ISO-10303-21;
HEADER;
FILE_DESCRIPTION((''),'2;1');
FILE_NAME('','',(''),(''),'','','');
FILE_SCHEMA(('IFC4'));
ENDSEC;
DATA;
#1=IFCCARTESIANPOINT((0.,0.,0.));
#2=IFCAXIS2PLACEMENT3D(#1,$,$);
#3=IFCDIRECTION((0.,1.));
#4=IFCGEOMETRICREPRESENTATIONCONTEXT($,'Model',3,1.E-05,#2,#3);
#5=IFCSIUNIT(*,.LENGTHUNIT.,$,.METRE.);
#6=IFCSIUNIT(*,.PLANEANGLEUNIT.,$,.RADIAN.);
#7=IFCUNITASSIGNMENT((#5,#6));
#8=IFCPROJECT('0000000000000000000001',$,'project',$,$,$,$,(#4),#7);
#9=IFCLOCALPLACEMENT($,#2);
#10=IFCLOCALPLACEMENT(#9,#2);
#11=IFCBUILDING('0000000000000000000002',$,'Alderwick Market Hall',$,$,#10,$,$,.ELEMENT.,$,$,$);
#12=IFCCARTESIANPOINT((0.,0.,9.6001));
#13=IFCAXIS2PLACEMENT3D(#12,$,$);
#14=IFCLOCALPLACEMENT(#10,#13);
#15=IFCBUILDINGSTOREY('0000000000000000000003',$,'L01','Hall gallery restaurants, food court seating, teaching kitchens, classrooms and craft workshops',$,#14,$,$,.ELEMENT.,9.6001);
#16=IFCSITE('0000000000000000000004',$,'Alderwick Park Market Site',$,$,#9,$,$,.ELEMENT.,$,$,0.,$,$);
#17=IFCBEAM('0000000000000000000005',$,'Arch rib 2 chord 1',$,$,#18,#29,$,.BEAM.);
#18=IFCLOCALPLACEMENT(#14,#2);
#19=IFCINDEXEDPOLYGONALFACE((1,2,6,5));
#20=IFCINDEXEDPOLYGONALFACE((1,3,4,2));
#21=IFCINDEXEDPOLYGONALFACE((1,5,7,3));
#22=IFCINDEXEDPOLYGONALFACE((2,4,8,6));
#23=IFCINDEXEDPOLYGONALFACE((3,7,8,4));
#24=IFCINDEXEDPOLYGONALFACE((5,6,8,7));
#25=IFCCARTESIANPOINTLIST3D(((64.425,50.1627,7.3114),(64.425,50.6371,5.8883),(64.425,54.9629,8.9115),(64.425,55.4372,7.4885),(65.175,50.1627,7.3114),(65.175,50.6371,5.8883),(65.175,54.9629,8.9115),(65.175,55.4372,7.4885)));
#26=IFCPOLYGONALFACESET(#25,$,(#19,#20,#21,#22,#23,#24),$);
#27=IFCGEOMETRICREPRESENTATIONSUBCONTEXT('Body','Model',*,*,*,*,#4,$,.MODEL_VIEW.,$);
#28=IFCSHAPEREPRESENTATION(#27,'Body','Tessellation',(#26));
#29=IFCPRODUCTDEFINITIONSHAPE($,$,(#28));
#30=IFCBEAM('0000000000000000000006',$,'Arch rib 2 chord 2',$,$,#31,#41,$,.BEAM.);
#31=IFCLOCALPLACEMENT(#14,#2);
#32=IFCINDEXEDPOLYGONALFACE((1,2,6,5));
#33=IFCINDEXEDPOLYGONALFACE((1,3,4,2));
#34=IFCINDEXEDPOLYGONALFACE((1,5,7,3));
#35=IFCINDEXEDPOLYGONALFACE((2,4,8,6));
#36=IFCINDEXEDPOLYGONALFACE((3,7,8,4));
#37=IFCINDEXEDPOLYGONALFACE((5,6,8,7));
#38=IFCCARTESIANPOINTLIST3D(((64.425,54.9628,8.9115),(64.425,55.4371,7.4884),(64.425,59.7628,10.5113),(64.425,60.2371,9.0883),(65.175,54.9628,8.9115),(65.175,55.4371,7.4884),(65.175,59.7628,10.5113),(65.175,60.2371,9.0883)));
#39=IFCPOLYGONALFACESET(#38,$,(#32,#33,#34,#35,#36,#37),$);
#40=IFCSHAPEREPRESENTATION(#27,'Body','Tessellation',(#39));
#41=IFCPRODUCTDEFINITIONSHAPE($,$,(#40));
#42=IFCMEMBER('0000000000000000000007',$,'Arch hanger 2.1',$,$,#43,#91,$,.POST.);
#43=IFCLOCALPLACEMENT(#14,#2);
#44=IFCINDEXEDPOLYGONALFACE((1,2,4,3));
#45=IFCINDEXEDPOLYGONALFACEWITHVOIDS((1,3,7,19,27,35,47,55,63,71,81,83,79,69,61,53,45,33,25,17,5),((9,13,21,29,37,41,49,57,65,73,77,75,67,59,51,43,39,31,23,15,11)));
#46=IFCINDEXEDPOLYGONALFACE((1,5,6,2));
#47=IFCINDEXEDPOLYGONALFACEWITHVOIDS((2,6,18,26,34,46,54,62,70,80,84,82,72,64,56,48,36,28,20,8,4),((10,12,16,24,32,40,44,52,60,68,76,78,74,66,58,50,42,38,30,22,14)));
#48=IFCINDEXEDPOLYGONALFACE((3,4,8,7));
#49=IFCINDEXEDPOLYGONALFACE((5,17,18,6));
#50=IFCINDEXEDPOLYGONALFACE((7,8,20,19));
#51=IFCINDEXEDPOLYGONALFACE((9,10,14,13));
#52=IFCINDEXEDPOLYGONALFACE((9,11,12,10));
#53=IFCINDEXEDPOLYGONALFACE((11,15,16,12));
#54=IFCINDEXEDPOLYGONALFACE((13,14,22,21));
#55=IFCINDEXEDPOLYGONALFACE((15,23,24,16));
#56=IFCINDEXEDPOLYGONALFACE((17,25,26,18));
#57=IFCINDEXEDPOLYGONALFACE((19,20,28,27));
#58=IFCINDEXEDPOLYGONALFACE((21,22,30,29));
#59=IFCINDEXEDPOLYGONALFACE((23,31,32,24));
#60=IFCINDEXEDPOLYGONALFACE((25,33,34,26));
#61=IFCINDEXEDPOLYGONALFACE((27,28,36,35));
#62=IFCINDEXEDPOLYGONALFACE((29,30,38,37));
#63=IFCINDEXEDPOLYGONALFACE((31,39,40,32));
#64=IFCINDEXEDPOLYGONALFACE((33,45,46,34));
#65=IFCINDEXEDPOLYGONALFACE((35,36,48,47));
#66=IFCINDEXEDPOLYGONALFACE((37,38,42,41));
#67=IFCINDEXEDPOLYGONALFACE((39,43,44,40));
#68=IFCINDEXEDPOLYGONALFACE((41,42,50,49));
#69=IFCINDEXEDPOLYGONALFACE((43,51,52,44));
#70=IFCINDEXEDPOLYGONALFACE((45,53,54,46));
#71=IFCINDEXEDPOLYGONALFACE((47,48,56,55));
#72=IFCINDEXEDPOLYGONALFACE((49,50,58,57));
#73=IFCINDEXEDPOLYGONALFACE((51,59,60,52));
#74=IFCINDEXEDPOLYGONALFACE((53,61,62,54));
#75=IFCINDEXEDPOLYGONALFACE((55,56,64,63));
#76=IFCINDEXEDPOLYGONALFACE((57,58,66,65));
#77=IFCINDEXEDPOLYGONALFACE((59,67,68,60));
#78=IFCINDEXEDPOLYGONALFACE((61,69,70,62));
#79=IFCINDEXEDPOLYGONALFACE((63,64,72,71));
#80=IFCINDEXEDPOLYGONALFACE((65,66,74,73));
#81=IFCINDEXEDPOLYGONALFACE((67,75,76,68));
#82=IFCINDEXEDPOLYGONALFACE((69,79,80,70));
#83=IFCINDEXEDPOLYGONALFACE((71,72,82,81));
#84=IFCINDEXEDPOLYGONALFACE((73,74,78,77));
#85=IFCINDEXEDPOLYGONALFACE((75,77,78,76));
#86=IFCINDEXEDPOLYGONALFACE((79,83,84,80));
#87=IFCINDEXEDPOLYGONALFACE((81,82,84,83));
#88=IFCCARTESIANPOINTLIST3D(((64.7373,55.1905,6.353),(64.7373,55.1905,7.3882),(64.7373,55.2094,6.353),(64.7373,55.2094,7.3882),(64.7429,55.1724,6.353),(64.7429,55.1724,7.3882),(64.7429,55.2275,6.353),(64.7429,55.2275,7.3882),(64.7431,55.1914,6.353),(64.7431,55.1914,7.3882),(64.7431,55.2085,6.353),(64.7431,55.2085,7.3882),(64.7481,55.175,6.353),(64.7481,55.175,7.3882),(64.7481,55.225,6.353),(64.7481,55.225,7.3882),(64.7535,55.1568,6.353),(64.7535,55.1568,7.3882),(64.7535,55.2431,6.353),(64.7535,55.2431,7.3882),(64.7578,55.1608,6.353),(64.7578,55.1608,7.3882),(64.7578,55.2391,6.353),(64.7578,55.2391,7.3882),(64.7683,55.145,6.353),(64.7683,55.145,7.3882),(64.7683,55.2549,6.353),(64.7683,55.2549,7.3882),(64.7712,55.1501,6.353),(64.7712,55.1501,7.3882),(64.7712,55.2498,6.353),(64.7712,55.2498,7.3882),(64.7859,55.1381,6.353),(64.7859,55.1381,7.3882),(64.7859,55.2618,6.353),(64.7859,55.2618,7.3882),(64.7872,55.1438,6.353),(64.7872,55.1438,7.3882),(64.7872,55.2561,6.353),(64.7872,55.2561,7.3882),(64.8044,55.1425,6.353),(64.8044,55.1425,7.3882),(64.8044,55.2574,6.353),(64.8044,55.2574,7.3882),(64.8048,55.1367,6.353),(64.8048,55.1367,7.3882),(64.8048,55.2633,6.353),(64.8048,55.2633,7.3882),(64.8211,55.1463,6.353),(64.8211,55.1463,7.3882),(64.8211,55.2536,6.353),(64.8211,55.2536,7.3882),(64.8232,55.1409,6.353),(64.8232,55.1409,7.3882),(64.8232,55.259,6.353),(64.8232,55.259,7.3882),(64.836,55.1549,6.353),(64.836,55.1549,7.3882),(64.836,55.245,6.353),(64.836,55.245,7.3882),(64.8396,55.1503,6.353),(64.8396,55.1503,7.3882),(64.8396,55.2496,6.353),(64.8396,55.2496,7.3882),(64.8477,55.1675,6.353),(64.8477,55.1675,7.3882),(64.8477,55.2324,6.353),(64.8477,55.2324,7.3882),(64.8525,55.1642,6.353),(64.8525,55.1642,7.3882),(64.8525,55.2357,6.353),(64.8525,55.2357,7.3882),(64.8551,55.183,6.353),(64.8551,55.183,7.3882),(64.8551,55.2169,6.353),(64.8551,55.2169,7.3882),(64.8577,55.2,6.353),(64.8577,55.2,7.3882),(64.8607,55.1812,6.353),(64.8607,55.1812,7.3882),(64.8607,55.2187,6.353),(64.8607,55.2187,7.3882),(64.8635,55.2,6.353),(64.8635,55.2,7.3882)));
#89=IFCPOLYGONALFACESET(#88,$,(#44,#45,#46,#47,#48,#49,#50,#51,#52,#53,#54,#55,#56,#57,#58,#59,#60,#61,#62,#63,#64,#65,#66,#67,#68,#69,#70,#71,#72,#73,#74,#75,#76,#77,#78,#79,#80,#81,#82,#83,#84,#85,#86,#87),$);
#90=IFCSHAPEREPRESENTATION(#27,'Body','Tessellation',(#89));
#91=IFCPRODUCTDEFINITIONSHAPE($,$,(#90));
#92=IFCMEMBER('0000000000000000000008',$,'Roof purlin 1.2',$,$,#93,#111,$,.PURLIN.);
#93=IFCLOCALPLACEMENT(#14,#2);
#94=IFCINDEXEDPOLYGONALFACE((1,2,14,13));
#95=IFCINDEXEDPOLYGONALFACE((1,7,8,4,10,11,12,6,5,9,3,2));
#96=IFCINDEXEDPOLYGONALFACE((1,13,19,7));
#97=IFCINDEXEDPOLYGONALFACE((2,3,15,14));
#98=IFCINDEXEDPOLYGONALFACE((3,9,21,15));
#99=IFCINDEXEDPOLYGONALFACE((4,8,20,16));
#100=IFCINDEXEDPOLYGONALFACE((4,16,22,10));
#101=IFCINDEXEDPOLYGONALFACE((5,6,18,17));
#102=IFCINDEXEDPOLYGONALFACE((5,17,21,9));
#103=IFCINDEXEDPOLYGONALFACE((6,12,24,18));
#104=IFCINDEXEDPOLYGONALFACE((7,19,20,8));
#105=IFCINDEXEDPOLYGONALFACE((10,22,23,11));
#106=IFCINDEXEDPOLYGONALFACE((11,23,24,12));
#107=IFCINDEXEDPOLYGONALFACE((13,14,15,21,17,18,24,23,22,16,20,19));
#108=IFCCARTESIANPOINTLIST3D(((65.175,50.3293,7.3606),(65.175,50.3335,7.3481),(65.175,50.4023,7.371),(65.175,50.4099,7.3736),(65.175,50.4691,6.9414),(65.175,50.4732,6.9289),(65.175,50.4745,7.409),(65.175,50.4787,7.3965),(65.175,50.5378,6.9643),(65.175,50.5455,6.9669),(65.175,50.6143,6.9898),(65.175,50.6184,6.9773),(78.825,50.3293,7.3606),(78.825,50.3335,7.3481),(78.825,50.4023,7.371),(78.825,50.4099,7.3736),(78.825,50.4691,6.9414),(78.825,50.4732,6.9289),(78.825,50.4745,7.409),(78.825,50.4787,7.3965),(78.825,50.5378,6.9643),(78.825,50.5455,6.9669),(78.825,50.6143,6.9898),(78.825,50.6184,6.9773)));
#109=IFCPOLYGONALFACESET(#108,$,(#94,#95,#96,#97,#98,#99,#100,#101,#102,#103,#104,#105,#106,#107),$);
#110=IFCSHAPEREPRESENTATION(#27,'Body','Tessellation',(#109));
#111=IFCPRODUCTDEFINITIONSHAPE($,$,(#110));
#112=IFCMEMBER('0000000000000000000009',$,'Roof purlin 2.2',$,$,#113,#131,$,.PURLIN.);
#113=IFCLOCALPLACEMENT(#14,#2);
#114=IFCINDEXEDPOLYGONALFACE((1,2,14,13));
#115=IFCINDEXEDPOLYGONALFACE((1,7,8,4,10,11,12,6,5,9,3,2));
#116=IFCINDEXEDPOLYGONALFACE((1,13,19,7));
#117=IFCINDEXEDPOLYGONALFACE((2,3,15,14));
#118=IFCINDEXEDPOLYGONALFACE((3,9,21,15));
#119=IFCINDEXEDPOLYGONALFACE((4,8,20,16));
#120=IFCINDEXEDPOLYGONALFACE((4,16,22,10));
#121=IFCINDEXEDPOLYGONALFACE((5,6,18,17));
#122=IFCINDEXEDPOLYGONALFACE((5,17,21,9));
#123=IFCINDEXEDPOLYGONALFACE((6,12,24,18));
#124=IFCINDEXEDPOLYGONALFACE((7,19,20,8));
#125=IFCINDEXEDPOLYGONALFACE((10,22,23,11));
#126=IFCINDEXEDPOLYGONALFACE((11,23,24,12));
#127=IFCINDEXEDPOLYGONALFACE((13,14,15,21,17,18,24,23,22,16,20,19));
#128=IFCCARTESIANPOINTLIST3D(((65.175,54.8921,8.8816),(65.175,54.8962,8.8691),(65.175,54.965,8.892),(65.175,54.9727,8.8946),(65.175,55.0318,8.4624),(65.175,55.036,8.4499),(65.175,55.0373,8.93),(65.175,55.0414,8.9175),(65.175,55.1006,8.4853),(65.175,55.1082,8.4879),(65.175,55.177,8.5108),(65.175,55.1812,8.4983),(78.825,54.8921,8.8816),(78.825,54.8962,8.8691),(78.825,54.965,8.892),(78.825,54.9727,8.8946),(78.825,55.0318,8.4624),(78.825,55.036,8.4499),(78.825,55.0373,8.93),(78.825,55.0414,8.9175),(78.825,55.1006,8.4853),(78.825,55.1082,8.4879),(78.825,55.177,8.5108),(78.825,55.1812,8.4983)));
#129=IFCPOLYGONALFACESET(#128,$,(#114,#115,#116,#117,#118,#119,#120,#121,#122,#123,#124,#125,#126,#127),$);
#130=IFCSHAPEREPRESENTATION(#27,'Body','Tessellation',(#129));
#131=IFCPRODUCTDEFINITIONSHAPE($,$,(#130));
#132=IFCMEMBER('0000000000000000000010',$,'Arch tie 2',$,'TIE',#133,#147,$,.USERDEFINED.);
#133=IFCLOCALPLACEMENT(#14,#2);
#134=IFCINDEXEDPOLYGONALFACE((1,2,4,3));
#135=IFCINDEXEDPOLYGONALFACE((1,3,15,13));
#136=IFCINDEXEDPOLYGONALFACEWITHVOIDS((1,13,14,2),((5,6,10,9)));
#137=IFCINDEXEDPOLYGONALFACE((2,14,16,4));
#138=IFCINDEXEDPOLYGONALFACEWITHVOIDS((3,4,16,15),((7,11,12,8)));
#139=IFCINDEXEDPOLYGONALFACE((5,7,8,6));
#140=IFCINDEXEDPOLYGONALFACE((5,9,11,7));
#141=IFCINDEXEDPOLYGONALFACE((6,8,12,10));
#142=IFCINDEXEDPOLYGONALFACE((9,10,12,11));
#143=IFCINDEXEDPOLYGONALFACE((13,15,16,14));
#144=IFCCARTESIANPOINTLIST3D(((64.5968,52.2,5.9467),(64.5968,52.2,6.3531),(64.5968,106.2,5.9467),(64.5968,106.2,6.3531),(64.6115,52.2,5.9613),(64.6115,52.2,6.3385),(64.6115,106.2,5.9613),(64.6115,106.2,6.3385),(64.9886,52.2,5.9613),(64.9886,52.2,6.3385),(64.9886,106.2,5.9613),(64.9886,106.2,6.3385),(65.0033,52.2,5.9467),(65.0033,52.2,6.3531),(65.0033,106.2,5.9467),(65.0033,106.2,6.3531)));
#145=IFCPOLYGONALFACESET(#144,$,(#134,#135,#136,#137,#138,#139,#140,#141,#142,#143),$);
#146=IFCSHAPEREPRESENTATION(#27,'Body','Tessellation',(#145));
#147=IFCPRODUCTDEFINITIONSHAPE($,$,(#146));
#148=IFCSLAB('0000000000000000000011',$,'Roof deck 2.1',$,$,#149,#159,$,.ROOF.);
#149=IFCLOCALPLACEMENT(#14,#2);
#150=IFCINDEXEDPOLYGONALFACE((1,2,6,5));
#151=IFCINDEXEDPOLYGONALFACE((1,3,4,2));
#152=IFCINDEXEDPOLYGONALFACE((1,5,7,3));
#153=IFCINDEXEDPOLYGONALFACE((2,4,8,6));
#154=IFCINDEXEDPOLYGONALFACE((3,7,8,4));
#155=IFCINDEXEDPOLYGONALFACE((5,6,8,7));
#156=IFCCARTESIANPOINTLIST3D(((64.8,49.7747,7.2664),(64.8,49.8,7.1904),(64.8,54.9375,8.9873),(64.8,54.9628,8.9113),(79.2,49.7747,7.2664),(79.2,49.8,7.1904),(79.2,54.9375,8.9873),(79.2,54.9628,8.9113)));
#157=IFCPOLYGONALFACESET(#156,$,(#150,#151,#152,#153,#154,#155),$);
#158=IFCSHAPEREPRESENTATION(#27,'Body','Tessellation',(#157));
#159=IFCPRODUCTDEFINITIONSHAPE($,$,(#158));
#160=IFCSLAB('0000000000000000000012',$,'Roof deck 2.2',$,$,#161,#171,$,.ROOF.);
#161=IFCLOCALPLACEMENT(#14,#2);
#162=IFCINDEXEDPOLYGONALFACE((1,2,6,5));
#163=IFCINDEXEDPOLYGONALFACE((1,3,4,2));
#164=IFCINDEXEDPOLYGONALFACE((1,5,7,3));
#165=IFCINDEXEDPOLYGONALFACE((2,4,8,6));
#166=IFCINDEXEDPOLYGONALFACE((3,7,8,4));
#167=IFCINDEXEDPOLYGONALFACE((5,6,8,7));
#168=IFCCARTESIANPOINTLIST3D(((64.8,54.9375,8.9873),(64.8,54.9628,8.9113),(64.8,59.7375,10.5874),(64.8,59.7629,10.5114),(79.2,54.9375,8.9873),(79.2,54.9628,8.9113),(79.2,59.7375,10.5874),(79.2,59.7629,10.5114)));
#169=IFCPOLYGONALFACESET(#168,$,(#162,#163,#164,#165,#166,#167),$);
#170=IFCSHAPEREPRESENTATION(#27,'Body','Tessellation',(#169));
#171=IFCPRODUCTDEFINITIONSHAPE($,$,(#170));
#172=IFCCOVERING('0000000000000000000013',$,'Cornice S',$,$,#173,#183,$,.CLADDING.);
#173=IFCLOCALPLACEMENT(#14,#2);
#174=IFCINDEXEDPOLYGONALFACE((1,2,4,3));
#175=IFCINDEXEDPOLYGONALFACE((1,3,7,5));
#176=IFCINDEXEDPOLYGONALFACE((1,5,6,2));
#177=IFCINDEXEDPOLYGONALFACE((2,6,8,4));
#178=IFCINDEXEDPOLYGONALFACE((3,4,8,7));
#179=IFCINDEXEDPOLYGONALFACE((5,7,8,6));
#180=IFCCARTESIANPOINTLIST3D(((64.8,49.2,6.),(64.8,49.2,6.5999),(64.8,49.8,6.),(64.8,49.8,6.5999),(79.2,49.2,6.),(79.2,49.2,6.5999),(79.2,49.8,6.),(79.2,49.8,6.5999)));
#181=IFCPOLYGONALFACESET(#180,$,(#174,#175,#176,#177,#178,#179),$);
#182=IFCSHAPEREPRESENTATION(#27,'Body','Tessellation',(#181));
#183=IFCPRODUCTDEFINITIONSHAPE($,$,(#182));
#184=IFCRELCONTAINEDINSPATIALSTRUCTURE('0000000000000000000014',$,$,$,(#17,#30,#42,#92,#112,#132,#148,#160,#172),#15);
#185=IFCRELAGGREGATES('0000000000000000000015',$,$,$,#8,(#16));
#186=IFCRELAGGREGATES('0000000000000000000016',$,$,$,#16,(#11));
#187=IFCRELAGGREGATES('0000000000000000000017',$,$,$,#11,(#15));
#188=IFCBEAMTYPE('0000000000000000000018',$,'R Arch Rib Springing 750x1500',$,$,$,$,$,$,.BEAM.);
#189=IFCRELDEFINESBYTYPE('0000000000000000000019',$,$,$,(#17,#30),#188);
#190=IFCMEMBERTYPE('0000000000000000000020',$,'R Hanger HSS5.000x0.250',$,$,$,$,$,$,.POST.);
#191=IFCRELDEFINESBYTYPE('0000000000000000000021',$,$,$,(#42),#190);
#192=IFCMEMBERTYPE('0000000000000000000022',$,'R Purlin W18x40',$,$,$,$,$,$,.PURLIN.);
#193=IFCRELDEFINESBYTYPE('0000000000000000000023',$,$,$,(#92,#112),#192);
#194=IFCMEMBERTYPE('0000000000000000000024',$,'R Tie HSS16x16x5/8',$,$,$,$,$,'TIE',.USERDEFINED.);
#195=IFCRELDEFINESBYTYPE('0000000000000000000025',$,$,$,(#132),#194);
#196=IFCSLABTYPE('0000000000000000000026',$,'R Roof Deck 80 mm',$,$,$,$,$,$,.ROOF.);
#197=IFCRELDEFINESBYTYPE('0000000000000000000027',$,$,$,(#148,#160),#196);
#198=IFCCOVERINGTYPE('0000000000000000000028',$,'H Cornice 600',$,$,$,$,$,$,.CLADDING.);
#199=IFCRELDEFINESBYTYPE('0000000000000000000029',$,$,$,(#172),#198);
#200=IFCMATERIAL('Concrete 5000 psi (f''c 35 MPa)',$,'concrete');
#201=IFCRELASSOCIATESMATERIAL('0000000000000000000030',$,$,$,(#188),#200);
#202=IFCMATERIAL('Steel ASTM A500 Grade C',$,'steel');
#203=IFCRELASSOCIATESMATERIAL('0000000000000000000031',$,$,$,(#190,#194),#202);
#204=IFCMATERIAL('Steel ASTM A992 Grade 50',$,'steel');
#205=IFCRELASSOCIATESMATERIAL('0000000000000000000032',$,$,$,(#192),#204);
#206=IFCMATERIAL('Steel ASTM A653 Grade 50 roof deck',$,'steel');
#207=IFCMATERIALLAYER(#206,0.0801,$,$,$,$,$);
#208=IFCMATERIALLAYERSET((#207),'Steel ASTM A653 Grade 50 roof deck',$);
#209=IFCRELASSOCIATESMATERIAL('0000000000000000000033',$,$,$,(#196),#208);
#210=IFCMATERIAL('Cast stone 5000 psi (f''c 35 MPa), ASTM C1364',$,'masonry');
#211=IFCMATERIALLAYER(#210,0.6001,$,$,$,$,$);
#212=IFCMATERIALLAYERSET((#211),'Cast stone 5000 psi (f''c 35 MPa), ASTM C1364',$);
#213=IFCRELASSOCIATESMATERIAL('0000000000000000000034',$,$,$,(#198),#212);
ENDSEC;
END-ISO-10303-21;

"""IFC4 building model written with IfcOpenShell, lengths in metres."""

from ifc_helpers import new_model, si_unit, direction, frame, frame_2d, origin, origin_2d, place, context, subcontext, project, spatial, polyline, rectangle, hollow_rectangle, hollow_circle, i_section, outline, extrude, material, layer, layer_set, material_profile, profile_set, type_object, element, save


model = new_model("IFC4")

# Units and contexts
model_context = context("Model", 3, precision=1e-05, world=origin(), true_north=direction((0.0, 1.0)))
body_context = subcontext(model_context, "Body", "Model", "MODEL_VIEW")
ifc_project = project(units=[si_unit("LENGTHUNIT", "METRE"), si_unit("PLANEANGLEUNIT", "RADIAN")], contexts=[model_context])

# Site, building, storey
site_placement = place(None, origin())
site = spatial("IfcSite", under=ifc_project, at=site_placement, Name="Alderwick Park Market Site", CompositionType="ELEMENT", RefElevation=0.0)
building_placement = place(site_placement, origin())
building = spatial("IfcBuilding", under=site, at=building_placement, Name="Alderwick Market Hall", CompositionType="ELEMENT")
storey_placement = place(building_placement, frame((0.0, 0.0, 9.6001)))
storey = spatial("IfcBuildingStorey", under=building, at=storey_placement, Name="L01", Description="Hall gallery restaurants, food court seating, teaching kitchens, classrooms and craft workshops", CompositionType="ELEMENT", Elevation=9.6001)

# Beams
ifc_material_1 = material(Name="Concrete 5000 psi (f'c 35 MPa)", Category="concrete")
ifc_material_profile_1 = material_profile(ifc_material_1, rectangle(XDim=0.75, YDim=1.5, at=origin_2d()), Name="RC 750x1500")
ifc_profile_set_1 = profile_set([ifc_material_profile_1], Name="Concrete 5000 psi (f'c 35 MPa)")
beam_type = type_object("IfcBeamType", Name="R Arch Rib Springing 750x1500", PredefinedType="BEAM", material=ifc_profile_set_1)
beam_1_placement = place(storey_placement, frame((64.8, 50.3999, 6.5999), z_axis=(0.0, 0.948678, 0.316242), x_axis=(-1.0, 0.0, 0.0)))
element("IfcBeam", 1, at=beam_1_placement, inside=storey, type_object=beam_type, Name="Arch rib 2 chord 1", PredefinedType="BEAM", context=body_context, shape_type="SweptSolid", body=[
    extrude(rectangle(XDim=0.75, YDim=1.5, at=origin_2d()), origin(), (0.0, 0.0, 1.0), 5.0598),
])
beam_2_placement = place(storey_placement, frame((64.8, 55.2, 8.2), z_axis=(0.0, 0.948693, 0.316199), x_axis=(-1.0, 0.0, 0.0)))
element("IfcBeam", 2, at=beam_2_placement, inside=storey, type_object=beam_type, Name="Arch rib 2 chord 2", PredefinedType="BEAM", context=body_context, shape_type="SweptSolid", body=[
    extrude(rectangle(XDim=0.75, YDim=1.5, at=origin_2d()), origin(), (0.0, 0.0, 1.0), 5.0596),
])

# Members
ifc_material_2 = material(Name="Steel ASTM A500 Grade C", Category="steel")
ifc_material_profile_2 = material_profile(ifc_material_2, hollow_circle(Radius=0.0635, WallThickness=0.0059, at=origin_2d()), Name="HSS5.000x0.250")
ifc_profile_set_2 = profile_set([ifc_material_profile_2], Name="Steel ASTM A500 Grade C")
member_type_1 = type_object("IfcMemberType", Name="R Hanger HSS5.000x0.250", PredefinedType="POST", material=ifc_profile_set_2)
member_1_placement = place(storey_placement, frame((64.8, 55.2, 6.353), z_axis=(0.0, 0.0, 1.0), x_axis=(1.0, 0.0, 0.0)))
element("IfcMember", 3, at=member_1_placement, inside=storey, type_object=member_type_1, Name="Arch hanger 2.1", PredefinedType="POST", context=body_context, shape_type="SweptSolid", body=[
    extrude(hollow_circle(Radius=0.0635, WallThickness=0.0059, at=origin_2d()), origin(), (0.0, 0.0, 1.0), 1.0352),
])
ifc_material_3 = material(Name="Steel ASTM A992 Grade 50", Category="steel")
ifc_material_profile_3 = material_profile(ifc_material_3, i_section(OverallWidth=0.1531, OverallDepth=0.4551, WebThickness=0.0081, FlangeThickness=0.0132, at=origin_2d()), Name="W18x40")
ifc_profile_set_3 = profile_set([ifc_material_profile_3], Name="Steel ASTM A992 Grade 50")
member_type_2 = type_object("IfcMemberType", Name="R Purlin W18x40", PredefinedType="PURLIN", material=ifc_profile_set_3)
for number, where, z_axis, x_axis, name in (
    (4, (65.175, 50.4739, 7.1689), (1.0, 0.0, 0.0), (0.0, 0.948683, 0.316228), "Roof purlin 1.2"),
    (5, (65.175, 55.0366, 8.6899), (1.0, 0.0, 0.0), (0.0, 0.948683, 0.316228), "Roof purlin 2.2"),
):
    element("IfcMember", number, at=place(storey_placement, frame(where, z_axis=z_axis, x_axis=x_axis)), inside=storey, type_object=member_type_2, Name=name, PredefinedType="PURLIN", context=body_context, shape_type="SweptSolid", body=[
        extrude(i_section(OverallWidth=0.1531, OverallDepth=0.4551, WebThickness=0.0081, FlangeThickness=0.0132, at=origin_2d()), origin(), (0.0, 0.0, 1.0), 13.6499),
    ])
ifc_material_profile_4 = material_profile(ifc_material_2, hollow_rectangle(XDim=0.4065, YDim=0.4065, WallThickness=0.0146, at=origin_2d()), Name="HSS16x16x5/8")
ifc_profile_set_4 = profile_set([ifc_material_profile_4], Name="Steel ASTM A500 Grade C")
member_type_3 = type_object("IfcMemberType", Name="R Tie HSS16x16x5/8", ElementType="TIE", PredefinedType="USERDEFINED", material=ifc_profile_set_4)
member_2_placement = place(storey_placement, frame((64.8, 52.2, 6.1499), z_axis=(0.0, 1.0, 0.0), x_axis=(-1.0, 0.0, 0.0)))
element("IfcMember", 6, at=member_2_placement, inside=storey, type_object=member_type_3, Name="Arch tie 2", ObjectType="TIE", PredefinedType="USERDEFINED", context=body_context, shape_type="SweptSolid", body=[
    extrude(hollow_rectangle(XDim=0.4065, YDim=0.4065, WallThickness=0.0146, at=origin_2d()), origin(), (0.0, 0.0, 1.0), 54.0),
])

# Slabs
ifc_material_4 = material(Name="Steel ASTM A653 Grade 50 roof deck", Category="steel")
ifc_layer_1 = layer(ifc_material_4, 0.0801)
ifc_layer_set_1 = layer_set([ifc_layer_1], Name="Steel ASTM A653 Grade 50 roof deck")
slab_type = type_object("IfcSlabType", Name="R Roof Deck 80 mm", PredefinedType="ROOF", material=ifc_layer_set_1)
slab_1_placement = place(storey_placement, frame((64.8, 49.7747, 7.2664), z_axis=(0.0, -0.316228, 0.948683), x_axis=(1.0, 0.0, 0.0)))
element("IfcSlab", 7, at=slab_1_placement, inside=storey, type_object=slab_type, Name="Roof deck 2.1", PredefinedType="ROOF", context=body_context, shape_type="SweptSolid", body=[
    extrude(outline(polyline([(0.0, 0.0), (14.3999, 0.0), (14.3999, 5.4421), (0.0, 5.4421), (0.0, 0.0)])), origin(), (0.0, 0.0, -1.0), 0.0801),
])
slab_2_placement = place(storey_placement, frame((64.8, 54.9375, 8.9873), z_axis=(0.0, -0.316242, 0.948678), x_axis=(1.0, 0.0, 0.0)))
element("IfcSlab", 8, at=slab_2_placement, inside=storey, type_object=slab_type, Name="Roof deck 2.2", PredefinedType="ROOF", context=body_context, shape_type="SweptSolid", body=[
    extrude(outline(polyline([(0.0, 0.0), (14.3999, 0.0), (14.3999, 5.0597), (0.0, 5.0597), (0.0, 0.0)])), origin(), (0.0, 0.0, -1.0), 0.0801),
])

# Covering
ifc_material_5 = material(Name="Cast stone 5000 psi (f'c 35 MPa), ASTM C1364", Category="masonry")
ifc_layer_2 = layer(ifc_material_5, 0.6001)
ifc_layer_set_2 = layer_set([ifc_layer_2], Name="Cast stone 5000 psi (f'c 35 MPa), ASTM C1364")
covering_type_1 = type_object("IfcCoveringType", Name="H Cornice 600", PredefinedType="CLADDING", material=ifc_layer_set_2)
covering_1_placement = place(storey_placement, frame((64.8, 49.5, 6.0), z_axis=(0.0, 0.0, 1.0), x_axis=(1.0, 0.0, 0.0)))
element("IfcCovering", 9, at=covering_1_placement, inside=storey, type_object=covering_type_1, Name="Cornice S", PredefinedType="CLADDING", context=body_context, shape_type="SweptSolid", body=[
    extrude(rectangle(XDim=14.3999, YDim=0.6001, at=frame_2d((7.2, 0.0))), origin(), (0.0, 0.0, 1.0), 0.5999),
])

save(model, "model.ifc")
